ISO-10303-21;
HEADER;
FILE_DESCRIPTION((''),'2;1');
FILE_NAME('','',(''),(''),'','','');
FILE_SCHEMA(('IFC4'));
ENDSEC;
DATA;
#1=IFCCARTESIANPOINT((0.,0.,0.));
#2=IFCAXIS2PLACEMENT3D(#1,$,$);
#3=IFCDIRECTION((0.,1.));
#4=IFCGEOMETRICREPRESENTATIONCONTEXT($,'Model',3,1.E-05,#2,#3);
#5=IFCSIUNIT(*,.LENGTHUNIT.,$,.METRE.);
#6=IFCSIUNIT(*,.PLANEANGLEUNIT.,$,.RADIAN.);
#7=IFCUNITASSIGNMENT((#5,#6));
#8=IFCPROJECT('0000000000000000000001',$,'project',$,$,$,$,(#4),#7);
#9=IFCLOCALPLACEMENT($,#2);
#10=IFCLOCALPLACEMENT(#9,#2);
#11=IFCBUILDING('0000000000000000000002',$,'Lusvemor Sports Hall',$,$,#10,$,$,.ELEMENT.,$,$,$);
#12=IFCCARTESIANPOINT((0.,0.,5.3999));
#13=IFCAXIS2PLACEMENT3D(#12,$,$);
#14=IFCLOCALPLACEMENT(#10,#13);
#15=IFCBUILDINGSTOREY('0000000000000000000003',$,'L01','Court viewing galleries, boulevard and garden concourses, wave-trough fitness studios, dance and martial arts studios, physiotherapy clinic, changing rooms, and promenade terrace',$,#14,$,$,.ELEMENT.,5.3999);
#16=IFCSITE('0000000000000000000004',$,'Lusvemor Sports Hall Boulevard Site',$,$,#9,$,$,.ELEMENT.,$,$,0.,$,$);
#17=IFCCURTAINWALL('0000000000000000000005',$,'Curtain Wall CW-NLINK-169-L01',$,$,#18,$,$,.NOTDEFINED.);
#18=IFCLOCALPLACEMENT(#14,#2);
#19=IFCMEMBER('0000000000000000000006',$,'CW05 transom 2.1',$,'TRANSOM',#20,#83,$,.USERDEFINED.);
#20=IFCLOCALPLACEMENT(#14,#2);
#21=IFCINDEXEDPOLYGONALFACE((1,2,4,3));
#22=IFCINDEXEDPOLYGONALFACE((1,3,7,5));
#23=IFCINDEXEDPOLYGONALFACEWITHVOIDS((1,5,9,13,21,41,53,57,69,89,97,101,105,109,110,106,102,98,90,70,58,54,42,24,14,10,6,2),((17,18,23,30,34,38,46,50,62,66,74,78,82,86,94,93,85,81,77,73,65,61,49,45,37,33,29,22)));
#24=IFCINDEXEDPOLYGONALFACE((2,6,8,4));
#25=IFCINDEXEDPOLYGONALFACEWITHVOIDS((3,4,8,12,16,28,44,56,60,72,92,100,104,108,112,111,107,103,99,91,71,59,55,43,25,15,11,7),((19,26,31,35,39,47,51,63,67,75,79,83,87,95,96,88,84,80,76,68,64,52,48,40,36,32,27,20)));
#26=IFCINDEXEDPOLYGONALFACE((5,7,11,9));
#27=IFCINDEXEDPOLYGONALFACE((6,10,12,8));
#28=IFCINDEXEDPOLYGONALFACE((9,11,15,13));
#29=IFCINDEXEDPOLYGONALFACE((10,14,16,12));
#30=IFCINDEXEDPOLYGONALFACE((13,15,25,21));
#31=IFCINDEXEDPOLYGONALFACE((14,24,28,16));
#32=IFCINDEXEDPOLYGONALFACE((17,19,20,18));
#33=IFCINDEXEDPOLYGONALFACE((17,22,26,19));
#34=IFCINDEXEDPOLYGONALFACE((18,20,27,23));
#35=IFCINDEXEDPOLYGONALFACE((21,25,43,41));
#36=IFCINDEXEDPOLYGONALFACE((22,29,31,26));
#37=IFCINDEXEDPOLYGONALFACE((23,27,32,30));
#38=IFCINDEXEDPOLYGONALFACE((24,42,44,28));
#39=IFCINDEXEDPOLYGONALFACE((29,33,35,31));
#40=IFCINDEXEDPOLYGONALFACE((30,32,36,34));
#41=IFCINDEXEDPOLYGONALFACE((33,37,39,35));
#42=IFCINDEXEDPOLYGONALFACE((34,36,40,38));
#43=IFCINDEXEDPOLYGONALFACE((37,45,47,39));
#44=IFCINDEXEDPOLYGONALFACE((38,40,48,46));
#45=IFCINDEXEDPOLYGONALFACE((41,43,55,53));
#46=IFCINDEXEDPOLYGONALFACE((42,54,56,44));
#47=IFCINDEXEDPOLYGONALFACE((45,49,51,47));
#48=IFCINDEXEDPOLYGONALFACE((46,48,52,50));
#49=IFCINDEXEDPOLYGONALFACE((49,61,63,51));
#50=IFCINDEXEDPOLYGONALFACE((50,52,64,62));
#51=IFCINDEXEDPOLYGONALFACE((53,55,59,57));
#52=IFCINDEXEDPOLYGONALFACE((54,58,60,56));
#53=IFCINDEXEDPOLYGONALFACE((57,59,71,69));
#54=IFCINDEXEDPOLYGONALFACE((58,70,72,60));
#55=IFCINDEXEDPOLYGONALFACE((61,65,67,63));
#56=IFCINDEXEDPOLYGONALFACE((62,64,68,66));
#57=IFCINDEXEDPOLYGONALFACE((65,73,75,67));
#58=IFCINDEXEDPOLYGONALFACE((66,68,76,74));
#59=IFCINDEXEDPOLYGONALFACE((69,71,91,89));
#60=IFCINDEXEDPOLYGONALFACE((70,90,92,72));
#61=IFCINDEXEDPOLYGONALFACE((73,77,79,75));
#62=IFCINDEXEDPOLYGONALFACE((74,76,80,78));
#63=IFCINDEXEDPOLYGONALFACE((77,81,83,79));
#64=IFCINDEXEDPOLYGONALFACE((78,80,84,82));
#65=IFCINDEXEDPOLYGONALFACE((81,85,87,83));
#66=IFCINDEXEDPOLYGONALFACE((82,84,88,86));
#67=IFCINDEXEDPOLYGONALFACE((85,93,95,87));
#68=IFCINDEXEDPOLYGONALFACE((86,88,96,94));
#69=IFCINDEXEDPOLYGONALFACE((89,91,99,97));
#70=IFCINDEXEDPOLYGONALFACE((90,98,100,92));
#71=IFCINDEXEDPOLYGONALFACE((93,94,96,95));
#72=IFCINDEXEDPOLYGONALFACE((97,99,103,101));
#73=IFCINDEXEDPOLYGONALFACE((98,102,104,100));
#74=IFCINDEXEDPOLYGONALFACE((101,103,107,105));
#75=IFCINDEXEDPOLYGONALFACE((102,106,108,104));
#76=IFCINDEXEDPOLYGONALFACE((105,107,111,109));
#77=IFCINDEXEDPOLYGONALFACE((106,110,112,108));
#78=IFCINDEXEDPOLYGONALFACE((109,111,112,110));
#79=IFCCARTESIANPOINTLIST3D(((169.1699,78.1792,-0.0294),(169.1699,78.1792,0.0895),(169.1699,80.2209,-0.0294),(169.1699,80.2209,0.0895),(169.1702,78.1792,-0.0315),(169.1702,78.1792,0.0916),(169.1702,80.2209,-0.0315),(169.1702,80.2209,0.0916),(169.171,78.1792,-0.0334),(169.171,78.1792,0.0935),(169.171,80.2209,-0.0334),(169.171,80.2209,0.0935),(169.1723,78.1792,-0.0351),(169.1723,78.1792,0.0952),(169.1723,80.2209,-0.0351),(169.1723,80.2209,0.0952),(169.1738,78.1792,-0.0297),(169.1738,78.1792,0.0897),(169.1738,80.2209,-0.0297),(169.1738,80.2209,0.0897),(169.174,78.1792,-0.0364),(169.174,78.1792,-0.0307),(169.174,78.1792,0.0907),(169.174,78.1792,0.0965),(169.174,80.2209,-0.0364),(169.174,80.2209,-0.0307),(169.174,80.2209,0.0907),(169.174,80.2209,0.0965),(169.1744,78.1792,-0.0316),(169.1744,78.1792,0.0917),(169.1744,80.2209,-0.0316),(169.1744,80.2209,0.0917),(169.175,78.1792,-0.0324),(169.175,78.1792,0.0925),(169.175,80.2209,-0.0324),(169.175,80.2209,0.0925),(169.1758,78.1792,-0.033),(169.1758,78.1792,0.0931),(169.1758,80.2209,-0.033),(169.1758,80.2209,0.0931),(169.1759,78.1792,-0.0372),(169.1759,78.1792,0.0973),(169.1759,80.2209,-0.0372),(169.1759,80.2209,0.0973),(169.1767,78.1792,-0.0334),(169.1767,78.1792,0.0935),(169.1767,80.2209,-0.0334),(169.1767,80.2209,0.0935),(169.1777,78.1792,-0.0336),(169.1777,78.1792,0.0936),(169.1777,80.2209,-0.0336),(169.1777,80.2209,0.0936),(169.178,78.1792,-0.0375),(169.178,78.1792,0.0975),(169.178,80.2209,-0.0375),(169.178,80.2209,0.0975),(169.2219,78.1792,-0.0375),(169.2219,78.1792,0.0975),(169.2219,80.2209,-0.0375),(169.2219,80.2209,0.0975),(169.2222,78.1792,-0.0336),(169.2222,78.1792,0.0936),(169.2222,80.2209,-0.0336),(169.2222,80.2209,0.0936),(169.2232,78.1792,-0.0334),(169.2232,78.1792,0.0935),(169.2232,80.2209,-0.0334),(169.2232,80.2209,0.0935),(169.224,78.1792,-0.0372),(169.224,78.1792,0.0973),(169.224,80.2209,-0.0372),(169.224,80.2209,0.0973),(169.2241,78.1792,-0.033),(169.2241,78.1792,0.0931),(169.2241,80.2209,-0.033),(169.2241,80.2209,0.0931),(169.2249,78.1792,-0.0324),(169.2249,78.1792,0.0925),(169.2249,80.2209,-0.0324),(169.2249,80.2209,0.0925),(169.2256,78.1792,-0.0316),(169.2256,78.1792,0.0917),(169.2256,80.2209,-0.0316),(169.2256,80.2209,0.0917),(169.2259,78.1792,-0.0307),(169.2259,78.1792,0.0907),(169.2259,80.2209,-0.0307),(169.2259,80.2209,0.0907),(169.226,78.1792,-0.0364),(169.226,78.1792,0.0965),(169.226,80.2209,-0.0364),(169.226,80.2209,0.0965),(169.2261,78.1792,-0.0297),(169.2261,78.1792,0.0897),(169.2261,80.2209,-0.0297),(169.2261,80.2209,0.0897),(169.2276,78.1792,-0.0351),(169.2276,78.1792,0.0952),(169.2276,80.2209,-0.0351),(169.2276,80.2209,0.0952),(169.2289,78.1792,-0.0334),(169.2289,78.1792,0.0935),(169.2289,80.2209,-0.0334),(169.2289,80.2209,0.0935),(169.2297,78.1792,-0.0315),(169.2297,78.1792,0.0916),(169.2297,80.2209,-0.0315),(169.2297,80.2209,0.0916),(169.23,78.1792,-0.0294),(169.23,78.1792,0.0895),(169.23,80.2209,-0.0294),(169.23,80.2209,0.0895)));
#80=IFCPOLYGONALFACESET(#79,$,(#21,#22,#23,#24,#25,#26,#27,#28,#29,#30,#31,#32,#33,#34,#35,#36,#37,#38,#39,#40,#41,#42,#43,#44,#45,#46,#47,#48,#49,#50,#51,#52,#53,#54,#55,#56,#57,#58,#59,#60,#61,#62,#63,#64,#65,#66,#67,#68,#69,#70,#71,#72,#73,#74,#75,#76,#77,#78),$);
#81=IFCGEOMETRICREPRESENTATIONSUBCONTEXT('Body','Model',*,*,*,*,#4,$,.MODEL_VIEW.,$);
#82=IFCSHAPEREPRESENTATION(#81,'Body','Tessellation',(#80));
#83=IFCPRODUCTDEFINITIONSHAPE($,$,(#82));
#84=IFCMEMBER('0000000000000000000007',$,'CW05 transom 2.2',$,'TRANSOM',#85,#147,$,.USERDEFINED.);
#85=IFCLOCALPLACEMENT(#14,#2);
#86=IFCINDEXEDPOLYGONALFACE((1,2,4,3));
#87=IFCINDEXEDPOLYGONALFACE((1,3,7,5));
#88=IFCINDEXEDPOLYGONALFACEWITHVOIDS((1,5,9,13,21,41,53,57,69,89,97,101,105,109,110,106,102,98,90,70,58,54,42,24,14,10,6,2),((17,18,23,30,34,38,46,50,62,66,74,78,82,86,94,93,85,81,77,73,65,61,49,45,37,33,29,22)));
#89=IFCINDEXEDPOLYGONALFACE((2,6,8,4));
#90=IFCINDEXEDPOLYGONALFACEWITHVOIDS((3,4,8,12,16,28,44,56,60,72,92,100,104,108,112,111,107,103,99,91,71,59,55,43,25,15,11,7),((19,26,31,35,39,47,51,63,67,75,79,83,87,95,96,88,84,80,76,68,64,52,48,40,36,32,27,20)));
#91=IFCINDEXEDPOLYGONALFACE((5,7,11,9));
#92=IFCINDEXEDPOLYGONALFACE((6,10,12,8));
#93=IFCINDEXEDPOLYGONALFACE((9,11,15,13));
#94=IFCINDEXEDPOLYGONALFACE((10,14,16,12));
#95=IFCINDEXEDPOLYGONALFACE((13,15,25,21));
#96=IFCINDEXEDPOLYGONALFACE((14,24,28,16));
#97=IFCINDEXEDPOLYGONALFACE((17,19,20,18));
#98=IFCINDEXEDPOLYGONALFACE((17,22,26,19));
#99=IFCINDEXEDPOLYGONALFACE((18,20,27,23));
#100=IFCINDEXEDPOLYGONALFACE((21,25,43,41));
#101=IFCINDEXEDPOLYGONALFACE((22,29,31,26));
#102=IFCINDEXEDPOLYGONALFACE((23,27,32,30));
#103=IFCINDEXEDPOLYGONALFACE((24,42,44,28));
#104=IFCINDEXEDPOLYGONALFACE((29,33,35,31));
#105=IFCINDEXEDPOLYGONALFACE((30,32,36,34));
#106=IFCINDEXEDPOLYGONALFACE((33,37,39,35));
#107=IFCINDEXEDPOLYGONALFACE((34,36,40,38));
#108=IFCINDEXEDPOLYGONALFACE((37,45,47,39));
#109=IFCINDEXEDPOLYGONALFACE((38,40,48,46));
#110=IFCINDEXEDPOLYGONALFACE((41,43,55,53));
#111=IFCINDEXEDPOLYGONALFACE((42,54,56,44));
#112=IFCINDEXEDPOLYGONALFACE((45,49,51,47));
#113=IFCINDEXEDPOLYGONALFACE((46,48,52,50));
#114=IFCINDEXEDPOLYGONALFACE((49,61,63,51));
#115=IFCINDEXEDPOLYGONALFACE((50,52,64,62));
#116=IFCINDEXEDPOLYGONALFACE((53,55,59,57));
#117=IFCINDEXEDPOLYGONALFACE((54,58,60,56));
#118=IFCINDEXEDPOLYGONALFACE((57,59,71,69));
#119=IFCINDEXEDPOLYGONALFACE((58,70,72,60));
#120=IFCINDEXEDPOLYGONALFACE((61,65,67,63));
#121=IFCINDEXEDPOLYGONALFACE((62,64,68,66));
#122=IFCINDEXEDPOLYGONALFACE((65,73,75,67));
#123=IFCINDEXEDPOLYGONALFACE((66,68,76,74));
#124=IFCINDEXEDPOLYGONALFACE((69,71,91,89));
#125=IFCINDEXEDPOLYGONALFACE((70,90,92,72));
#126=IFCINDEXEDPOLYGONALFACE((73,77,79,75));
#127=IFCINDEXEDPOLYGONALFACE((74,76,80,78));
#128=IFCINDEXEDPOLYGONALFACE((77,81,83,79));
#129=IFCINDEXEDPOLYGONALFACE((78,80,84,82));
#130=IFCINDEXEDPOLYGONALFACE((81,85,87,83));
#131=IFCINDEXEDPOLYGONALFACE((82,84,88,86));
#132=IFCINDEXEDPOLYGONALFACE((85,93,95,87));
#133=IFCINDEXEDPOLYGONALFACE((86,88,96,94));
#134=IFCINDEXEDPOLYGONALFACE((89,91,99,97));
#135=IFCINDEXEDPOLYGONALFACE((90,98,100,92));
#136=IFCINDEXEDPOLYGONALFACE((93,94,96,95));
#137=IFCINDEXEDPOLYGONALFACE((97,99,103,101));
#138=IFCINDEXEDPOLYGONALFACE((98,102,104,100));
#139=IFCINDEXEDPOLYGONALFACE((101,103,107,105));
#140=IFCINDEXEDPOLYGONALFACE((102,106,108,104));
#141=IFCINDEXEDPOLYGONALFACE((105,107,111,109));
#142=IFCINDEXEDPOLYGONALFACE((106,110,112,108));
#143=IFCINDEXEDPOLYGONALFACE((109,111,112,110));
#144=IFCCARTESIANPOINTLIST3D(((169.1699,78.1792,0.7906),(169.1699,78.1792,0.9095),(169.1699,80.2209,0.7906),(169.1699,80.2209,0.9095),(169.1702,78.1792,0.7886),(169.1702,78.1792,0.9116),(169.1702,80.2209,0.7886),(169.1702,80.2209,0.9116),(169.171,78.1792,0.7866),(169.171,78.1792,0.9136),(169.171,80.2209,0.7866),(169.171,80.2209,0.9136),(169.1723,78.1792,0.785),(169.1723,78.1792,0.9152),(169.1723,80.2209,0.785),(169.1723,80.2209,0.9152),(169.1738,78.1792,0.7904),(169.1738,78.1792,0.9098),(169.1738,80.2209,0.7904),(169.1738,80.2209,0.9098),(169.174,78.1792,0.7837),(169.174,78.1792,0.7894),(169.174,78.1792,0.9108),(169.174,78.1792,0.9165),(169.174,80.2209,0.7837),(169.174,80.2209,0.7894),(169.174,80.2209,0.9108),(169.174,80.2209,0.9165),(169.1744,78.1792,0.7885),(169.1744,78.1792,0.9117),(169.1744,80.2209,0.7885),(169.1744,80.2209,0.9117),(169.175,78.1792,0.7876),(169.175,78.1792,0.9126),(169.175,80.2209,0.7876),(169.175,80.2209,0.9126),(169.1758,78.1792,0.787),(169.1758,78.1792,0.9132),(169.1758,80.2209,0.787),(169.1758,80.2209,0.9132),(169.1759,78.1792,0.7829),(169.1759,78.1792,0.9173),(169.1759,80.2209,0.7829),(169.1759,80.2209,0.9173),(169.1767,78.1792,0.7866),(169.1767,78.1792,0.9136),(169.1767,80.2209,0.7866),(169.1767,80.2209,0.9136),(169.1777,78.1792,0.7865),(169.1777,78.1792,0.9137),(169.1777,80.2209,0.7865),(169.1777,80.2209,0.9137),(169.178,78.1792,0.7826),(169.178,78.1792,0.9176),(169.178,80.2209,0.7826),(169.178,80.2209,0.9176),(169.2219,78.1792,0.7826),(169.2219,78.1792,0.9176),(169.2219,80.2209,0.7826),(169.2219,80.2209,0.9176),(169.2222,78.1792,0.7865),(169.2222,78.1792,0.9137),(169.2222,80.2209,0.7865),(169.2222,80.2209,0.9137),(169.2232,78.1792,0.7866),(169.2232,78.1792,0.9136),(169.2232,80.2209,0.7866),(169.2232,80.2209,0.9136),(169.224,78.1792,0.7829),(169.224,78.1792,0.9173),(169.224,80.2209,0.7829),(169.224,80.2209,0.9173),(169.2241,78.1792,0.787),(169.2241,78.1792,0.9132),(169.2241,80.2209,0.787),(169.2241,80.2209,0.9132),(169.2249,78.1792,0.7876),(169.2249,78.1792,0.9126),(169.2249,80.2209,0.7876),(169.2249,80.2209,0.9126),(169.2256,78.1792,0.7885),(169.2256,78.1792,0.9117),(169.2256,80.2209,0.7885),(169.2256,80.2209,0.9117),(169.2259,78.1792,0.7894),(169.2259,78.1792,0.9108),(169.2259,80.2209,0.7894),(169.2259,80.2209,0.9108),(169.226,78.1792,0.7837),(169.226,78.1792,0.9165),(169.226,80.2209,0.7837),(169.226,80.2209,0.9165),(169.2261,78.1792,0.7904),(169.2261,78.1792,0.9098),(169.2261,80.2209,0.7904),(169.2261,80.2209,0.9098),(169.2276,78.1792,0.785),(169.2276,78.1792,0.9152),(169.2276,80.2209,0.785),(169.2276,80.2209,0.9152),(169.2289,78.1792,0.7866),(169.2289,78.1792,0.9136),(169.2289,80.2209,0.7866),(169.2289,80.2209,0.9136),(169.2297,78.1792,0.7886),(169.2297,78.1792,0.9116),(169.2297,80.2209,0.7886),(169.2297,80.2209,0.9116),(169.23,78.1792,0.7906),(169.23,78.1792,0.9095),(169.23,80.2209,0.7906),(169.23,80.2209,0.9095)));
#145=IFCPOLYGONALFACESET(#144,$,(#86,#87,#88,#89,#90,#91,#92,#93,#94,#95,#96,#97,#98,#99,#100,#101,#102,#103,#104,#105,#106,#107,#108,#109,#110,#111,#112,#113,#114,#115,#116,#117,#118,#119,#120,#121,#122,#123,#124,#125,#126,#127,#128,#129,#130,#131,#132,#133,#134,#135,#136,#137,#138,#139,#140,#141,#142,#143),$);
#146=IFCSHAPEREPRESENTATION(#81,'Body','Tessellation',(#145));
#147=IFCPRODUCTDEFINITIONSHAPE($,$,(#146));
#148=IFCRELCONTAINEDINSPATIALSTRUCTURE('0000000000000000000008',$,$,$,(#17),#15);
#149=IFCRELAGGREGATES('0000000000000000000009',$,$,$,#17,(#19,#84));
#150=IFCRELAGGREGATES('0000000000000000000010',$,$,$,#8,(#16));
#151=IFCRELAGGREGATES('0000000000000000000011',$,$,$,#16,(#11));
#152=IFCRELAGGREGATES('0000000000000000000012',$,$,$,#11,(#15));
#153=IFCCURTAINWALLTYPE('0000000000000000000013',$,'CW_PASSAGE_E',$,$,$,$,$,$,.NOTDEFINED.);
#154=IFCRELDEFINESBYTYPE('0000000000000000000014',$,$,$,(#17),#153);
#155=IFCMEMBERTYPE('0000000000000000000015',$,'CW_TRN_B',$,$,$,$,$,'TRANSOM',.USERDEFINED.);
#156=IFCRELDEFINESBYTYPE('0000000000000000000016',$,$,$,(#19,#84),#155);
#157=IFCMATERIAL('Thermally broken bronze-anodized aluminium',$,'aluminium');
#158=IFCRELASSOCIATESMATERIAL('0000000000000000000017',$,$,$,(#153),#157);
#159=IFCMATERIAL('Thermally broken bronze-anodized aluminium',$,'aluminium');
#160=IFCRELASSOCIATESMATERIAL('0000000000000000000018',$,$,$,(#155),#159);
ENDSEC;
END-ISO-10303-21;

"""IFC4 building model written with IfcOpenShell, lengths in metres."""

from ifc_helpers import new_model, si_unit, direction, frame, origin, origin_2d, place, context, subcontext, project, spatial, hollow_rectangle, extrude, material, material_profile, profile_set, type_object, element, aggregate, save


model = new_model("IFC4")

# Units and contexts
model_context = context("Model", 3, precision=1e-05, world=origin(), true_north=direction((0.0, 1.0)))
body_context = subcontext(model_context, "Body", "Model", "MODEL_VIEW")
ifc_project = project(units=[si_unit("LENGTHUNIT", "METRE"), si_unit("PLANEANGLEUNIT", "RADIAN")], contexts=[model_context])

# Site, building, storey
site_placement = place(None, origin())
site = spatial("IfcSite", under=ifc_project, at=site_placement, Name="Lusvemor Sports Hall Boulevard Site", CompositionType="ELEMENT", RefElevation=0.0)
building_placement = place(site_placement, origin())
building = spatial("IfcBuilding", under=site, at=building_placement, Name="Lusvemor Sports Hall", CompositionType="ELEMENT")
storey_placement = place(building_placement, frame((0.0, 0.0, 5.3999)))
storey = spatial("IfcBuildingStorey", under=building, at=storey_placement, Name="L01", Description="Court viewing galleries, boulevard and garden concourses, wave-trough fitness studios, dance and martial arts studios, physiotherapy clinic, changing rooms, and promenade terrace", CompositionType="ELEMENT", Elevation=5.3999)

# Curtain wall, members
ifc_material_1 = material(Name="Thermally broken bronze-anodized aluminium", Category="aluminium")
curtain_wall_type = type_object("IfcCurtainWallType", Name="CW_PASSAGE_E", PredefinedType="NOTDEFINED", material=ifc_material_1)
curtain_wall_placement = place(storey_placement, origin())
curtain_wall = element("IfcCurtainWall", 1, at=curtain_wall_placement, inside=storey, type_object=curtain_wall_type, Name="Curtain Wall CW-NLINK-169-L01", PredefinedType="NOTDEFINED")
ifc_material_2 = material(Name="Thermally broken bronze-anodized aluminium", Category="aluminium")
ifc_material_profile_1 = material_profile(ifc_material_2, hollow_rectangle(XDim=0.0601, YDim=0.135, WallThickness=0.0039, InnerFilletRadius=0.0039, OuterFilletRadius=0.0081, at=origin_2d()), Name="CWTRN135x60x4")
ifc_profile_set_1 = profile_set([ifc_material_profile_1], Name="Thermally broken bronze-anodized aluminium")
member_type_1 = type_object("IfcMemberType", Name="CW_TRN_B", ElementType="TRANSOM", PredefinedType="USERDEFINED", material=ifc_profile_set_1)
member_1_placement = place(storey_placement, frame((169.2, 78.1792, 0.03), z_axis=(0.0, 1.0, 0.0), x_axis=(-1.0, 0.0, 0.0)))
member_1 = element("IfcMember", 2, at=member_1_placement, type_object=member_type_1, Name="CW05 transom 2.1", ObjectType="TRANSOM", PredefinedType="USERDEFINED", context=body_context, shape_type="SweptSolid", body=[
    extrude(hollow_rectangle(XDim=0.0601, YDim=0.135, WallThickness=0.0039, InnerFilletRadius=0.0039, OuterFilletRadius=0.0081, at=origin_2d()), origin(), (0.0, 0.0, 1.0), 2.0417),
])
member_2_placement = place(storey_placement, frame((169.2, 78.1792, 0.8501), z_axis=(0.0, 1.0, 0.0), x_axis=(-1.0, 0.0, 0.0)))
member_2 = element("IfcMember", 3, at=member_2_placement, type_object=member_type_1, Name="CW05 transom 2.2", ObjectType="TRANSOM", PredefinedType="USERDEFINED", context=body_context, shape_type="SweptSolid", body=[
    extrude(hollow_rectangle(XDim=0.0601, YDim=0.135, WallThickness=0.0039, InnerFilletRadius=0.0039, OuterFilletRadius=0.0081, at=origin_2d()), origin(), (0.0, 0.0, 1.0), 2.0417),
])

aggregate(curtain_wall, [member_1, member_2])

save(model, "model.ifc")
